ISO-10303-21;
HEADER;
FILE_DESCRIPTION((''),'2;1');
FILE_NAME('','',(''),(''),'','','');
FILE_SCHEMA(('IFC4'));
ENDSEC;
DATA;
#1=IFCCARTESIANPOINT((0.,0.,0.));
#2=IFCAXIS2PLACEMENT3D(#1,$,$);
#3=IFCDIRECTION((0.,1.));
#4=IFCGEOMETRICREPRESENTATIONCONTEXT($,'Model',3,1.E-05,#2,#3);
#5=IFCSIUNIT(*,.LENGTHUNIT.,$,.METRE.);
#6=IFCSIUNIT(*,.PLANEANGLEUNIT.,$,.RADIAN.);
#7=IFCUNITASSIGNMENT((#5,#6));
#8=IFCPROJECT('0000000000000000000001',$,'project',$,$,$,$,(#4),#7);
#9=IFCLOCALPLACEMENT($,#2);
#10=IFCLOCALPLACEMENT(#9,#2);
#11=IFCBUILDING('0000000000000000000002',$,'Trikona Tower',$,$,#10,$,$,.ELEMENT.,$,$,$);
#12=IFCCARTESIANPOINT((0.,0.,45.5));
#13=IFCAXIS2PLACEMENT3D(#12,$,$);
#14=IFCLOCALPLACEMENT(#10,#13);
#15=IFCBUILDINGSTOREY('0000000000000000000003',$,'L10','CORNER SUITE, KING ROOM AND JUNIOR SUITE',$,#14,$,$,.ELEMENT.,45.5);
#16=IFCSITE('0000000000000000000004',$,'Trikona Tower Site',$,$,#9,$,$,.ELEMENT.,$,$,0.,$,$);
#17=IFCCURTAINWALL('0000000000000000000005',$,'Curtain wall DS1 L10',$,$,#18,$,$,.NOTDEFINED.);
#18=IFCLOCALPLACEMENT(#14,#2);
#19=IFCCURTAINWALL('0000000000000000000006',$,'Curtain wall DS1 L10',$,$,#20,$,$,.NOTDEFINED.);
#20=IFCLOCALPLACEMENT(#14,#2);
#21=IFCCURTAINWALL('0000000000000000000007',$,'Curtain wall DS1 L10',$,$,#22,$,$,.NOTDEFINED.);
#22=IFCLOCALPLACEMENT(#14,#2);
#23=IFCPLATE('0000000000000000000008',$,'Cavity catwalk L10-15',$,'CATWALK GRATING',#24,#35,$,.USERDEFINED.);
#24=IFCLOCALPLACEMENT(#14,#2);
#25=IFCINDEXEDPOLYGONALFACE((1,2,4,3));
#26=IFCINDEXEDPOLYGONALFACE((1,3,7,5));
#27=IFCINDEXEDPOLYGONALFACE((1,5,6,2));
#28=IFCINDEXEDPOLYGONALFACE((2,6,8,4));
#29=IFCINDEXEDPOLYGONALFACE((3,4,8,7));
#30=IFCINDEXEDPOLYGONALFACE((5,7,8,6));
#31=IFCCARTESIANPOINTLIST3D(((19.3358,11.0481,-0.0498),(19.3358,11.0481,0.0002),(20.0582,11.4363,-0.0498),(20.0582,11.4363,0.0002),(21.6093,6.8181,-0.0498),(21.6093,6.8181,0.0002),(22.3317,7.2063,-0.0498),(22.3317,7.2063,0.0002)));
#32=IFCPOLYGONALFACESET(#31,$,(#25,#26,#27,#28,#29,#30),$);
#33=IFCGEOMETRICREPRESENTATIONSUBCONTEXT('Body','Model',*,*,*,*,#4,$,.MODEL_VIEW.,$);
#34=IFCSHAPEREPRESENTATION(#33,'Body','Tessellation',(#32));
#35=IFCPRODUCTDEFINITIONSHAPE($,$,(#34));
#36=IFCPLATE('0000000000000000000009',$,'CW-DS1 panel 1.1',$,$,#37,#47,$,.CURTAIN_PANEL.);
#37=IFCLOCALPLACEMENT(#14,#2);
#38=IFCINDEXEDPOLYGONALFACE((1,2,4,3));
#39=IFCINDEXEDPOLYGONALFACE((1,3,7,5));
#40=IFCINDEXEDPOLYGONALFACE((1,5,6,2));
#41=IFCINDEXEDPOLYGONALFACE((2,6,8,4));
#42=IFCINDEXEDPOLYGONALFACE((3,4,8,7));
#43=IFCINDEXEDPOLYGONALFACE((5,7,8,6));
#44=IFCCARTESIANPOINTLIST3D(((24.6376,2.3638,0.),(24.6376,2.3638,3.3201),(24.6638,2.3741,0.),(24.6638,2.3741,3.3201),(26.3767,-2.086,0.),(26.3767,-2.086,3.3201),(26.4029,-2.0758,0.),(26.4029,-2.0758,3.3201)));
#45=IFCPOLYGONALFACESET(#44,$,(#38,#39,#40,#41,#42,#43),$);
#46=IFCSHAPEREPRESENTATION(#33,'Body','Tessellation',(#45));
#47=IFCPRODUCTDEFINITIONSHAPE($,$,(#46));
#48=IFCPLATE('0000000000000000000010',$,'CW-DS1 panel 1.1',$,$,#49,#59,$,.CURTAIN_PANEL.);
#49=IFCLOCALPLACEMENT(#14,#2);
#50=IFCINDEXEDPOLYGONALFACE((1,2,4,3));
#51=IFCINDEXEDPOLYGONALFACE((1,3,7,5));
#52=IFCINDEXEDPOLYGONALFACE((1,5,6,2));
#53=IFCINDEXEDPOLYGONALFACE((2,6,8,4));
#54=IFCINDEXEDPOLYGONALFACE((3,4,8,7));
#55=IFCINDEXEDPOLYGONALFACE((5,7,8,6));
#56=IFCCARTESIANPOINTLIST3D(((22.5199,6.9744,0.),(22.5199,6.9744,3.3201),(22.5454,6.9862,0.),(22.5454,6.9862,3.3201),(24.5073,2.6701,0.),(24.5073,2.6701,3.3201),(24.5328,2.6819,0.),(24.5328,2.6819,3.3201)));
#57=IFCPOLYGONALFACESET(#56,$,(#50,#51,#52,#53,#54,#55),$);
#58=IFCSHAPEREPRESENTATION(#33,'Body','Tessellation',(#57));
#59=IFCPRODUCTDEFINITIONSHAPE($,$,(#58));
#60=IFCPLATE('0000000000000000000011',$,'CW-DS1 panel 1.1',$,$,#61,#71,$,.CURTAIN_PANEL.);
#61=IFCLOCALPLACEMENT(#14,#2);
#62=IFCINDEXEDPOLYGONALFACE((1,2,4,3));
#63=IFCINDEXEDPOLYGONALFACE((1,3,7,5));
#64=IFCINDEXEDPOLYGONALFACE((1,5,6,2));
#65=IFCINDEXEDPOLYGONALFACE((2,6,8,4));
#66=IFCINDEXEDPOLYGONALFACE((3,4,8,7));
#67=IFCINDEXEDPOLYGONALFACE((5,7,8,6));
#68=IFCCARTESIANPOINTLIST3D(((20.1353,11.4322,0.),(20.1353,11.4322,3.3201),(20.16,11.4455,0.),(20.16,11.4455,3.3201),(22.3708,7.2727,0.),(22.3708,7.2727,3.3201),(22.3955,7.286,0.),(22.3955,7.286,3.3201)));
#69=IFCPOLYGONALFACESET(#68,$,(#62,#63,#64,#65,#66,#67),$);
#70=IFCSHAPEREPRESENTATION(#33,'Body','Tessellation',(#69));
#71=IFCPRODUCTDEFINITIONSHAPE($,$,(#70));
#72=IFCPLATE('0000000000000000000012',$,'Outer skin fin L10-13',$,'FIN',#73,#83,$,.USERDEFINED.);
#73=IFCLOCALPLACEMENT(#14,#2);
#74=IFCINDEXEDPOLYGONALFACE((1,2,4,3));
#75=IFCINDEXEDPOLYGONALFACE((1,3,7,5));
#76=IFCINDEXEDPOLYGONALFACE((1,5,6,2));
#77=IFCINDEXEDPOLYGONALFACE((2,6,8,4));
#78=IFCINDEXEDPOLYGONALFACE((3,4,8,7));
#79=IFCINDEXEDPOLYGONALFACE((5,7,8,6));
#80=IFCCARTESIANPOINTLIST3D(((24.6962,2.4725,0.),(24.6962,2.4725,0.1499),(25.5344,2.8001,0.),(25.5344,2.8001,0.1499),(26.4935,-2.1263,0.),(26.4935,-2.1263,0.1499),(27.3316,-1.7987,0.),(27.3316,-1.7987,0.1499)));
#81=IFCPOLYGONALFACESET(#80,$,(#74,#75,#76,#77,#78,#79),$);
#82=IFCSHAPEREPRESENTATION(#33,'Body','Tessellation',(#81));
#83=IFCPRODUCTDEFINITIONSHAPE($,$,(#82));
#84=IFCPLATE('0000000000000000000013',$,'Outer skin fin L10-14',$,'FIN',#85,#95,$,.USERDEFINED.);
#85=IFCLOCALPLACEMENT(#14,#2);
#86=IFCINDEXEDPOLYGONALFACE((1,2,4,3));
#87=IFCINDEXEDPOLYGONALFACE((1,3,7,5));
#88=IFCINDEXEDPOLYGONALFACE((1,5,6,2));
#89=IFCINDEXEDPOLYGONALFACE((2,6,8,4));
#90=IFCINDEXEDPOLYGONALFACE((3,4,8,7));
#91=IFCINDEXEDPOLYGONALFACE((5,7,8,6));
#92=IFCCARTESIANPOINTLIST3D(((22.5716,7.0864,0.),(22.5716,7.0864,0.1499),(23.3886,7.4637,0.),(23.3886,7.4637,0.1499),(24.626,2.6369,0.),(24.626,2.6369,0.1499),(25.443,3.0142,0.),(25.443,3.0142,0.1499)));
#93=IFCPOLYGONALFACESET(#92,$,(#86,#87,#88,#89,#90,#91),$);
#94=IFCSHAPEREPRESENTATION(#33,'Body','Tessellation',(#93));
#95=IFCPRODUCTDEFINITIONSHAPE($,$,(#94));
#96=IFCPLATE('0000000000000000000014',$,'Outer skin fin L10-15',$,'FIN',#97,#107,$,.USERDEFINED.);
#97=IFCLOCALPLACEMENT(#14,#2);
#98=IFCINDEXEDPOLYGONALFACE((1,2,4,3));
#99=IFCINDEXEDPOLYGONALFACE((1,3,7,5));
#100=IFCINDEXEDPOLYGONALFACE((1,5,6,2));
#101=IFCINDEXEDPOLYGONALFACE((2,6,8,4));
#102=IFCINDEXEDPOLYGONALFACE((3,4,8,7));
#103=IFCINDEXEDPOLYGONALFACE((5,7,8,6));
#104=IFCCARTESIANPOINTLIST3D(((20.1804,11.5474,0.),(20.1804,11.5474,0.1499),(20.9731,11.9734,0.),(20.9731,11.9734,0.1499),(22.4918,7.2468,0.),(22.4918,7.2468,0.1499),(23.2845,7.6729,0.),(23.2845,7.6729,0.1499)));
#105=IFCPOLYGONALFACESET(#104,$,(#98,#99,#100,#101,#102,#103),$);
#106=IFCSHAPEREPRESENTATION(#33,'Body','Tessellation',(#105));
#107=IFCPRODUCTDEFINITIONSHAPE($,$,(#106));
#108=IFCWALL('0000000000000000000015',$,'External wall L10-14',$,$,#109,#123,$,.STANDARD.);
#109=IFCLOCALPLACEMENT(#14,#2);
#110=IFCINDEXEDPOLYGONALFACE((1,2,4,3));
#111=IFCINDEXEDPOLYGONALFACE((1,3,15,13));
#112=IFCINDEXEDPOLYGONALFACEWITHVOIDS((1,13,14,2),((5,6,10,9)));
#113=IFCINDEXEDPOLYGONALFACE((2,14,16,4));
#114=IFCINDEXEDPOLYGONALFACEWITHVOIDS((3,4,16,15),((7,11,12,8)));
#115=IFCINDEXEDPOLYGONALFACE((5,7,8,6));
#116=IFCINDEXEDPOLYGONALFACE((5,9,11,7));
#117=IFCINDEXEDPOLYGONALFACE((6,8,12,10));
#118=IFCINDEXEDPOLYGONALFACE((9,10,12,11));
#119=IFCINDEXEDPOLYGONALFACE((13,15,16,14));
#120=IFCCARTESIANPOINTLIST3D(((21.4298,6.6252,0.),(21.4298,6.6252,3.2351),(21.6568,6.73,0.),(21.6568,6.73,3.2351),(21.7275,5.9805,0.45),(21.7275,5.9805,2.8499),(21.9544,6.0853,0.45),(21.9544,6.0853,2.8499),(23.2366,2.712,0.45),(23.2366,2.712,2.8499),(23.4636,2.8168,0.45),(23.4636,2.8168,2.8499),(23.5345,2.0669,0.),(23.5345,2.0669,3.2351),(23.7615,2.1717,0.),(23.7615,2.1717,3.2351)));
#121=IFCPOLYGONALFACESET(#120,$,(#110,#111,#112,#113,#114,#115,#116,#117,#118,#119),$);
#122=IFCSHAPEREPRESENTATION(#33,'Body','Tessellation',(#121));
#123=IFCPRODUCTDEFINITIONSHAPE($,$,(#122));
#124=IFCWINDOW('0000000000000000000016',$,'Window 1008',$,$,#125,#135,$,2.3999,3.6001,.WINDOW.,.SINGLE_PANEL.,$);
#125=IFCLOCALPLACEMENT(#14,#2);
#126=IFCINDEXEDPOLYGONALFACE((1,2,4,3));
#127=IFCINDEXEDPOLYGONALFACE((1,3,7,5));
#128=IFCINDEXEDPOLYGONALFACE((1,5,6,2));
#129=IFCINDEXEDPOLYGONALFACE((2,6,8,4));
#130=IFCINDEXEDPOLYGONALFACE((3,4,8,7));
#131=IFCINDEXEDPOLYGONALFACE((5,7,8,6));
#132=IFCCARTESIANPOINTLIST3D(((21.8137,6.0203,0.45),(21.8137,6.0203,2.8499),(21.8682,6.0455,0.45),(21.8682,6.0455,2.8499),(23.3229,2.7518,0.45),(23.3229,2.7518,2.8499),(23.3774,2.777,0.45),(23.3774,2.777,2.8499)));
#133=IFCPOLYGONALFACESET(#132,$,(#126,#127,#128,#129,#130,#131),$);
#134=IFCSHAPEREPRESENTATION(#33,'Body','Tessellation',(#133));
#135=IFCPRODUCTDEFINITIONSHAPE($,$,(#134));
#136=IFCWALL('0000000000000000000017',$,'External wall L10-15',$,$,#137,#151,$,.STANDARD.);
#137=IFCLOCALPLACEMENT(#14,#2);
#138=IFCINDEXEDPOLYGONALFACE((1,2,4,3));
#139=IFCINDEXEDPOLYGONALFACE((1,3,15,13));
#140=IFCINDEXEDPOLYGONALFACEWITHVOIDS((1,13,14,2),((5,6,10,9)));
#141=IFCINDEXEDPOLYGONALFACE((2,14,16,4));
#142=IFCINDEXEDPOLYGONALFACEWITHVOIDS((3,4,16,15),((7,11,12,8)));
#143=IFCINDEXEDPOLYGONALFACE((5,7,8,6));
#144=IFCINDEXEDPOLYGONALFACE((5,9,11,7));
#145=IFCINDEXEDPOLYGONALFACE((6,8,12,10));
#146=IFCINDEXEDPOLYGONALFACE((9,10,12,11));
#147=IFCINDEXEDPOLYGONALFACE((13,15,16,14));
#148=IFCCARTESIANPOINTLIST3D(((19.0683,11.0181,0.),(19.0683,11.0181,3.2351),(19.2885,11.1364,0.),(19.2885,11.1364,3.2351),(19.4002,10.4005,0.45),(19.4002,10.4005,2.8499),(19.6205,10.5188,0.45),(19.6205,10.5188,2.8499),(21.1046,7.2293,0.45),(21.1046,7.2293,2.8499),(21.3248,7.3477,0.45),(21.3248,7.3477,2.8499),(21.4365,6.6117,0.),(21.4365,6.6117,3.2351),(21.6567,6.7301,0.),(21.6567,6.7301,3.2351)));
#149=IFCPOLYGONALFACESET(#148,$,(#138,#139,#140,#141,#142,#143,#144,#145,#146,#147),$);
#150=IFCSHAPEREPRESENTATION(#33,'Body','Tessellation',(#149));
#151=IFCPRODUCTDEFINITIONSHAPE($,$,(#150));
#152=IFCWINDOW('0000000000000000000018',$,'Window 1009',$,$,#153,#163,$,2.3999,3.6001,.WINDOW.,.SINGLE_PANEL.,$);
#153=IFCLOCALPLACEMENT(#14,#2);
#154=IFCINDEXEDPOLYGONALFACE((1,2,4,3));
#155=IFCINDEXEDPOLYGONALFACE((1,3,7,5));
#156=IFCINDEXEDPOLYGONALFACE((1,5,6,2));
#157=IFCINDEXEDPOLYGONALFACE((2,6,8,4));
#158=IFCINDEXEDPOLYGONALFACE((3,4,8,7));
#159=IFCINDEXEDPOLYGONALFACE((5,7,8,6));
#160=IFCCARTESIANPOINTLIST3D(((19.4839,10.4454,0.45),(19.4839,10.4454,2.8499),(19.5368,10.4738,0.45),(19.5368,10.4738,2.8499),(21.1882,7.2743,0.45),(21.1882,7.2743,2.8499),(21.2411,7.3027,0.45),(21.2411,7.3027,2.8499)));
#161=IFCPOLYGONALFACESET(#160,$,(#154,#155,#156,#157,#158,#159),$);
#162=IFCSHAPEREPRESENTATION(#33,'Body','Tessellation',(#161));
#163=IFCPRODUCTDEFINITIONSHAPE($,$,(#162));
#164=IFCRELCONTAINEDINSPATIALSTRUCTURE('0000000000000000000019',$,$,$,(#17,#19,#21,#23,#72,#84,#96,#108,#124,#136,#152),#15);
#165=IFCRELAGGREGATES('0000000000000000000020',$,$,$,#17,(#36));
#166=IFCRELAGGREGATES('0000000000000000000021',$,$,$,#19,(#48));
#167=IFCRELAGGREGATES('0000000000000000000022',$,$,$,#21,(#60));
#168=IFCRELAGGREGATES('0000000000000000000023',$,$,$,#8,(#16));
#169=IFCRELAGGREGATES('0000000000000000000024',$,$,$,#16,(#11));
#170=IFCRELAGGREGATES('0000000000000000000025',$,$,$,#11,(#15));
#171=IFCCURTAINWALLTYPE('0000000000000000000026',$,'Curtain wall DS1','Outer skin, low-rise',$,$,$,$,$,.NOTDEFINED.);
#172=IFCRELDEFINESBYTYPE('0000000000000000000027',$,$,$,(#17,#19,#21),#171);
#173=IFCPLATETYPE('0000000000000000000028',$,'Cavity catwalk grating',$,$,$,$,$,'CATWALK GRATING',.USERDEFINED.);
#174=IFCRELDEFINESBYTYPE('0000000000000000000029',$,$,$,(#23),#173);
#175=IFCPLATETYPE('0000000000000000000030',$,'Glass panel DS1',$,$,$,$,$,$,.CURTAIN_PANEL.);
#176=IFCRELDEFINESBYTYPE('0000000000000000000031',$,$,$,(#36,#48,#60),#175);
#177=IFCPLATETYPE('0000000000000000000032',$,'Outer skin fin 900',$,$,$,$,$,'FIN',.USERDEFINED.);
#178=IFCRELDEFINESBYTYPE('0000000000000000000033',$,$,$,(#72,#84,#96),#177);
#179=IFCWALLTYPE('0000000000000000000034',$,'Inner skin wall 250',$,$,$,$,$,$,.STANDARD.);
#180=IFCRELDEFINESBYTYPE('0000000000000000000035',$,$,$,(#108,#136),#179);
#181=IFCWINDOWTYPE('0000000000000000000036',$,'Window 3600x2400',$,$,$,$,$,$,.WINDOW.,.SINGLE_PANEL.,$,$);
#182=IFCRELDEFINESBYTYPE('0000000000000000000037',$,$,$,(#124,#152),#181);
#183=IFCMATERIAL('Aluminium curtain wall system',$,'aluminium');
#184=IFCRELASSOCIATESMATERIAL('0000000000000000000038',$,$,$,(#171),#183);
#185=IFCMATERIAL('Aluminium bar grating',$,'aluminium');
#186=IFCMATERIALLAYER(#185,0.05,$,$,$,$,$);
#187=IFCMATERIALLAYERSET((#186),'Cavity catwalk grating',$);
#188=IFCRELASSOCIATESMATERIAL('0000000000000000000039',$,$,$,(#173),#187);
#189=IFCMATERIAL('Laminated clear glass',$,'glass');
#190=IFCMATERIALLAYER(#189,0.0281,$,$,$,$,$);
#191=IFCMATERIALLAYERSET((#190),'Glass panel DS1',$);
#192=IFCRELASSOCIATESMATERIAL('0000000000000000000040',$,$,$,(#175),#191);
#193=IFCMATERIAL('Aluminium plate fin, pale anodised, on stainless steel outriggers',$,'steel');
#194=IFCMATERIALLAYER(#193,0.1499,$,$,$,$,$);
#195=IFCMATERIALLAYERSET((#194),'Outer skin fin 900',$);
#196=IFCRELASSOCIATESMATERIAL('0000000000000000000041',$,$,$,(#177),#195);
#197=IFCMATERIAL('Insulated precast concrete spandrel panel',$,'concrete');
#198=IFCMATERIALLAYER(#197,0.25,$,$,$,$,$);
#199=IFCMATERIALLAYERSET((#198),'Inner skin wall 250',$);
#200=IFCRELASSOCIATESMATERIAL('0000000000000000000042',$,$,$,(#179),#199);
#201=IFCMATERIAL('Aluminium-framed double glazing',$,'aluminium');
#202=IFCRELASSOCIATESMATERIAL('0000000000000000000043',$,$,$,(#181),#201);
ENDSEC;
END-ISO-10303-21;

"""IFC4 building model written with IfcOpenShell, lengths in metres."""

from ifc_helpers import new_model, si_unit, direction, frame, frame_2d, origin, origin_2d, place, context, subcontext, project, spatial, rectangle, extrude, material, layer, layer_set, type_object, element, fill, aggregate, save


model = new_model("IFC4")

# Units and contexts
model_context = context("Model", 3, precision=1e-05, world=origin(), true_north=direction((0.0, 1.0)))
body_context = subcontext(model_context, "Body", "Model", "MODEL_VIEW")
ifc_project = project(units=[si_unit("LENGTHUNIT", "METRE"), si_unit("PLANEANGLEUNIT", "RADIAN")], contexts=[model_context])

# Site, building, storey
site_placement = place(None, origin())
site = spatial("IfcSite", under=ifc_project, at=site_placement, Name="Trikona Tower Site", CompositionType="ELEMENT", RefElevation=0.0)
building_placement = place(site_placement, origin())
building = spatial("IfcBuilding", under=site, at=building_placement, Name="Trikona Tower", CompositionType="ELEMENT")
storey_placement = place(building_placement, frame((0.0, 0.0, 45.5)))
storey = spatial("IfcBuildingStorey", under=building, at=storey_placement, Name="L10", Description="CORNER SUITE, KING ROOM AND JUNIOR SUITE", CompositionType="ELEMENT", Elevation=45.5)

# Curtain wall
ifc_material_1 = material(Name="Aluminium curtain wall system", Category="aluminium")
curtain_wall_type = type_object("IfcCurtainWallType", Name="Curtain wall DS1", Description="Outer skin, low-rise", PredefinedType="NOTDEFINED", material=ifc_material_1)
curtain_wall_1_placement = place(storey_placement, origin())
curtain_wall_1 = element("IfcCurtainWall", 1, at=curtain_wall_1_placement, inside=storey, type_object=curtain_wall_type, Name="Curtain wall DS1 L10", PredefinedType="NOTDEFINED")

# Curtain walls
curtain_wall_2_placement = place(storey_placement, origin())
curtain_wall_2 = element("IfcCurtainWall", 2, at=curtain_wall_2_placement, inside=storey, type_object=curtain_wall_type, Name="Curtain wall DS1 L10", PredefinedType="NOTDEFINED")
curtain_wall_3_placement = place(storey_placement, origin())
curtain_wall_3 = element("IfcCurtainWall", 3, at=curtain_wall_3_placement, inside=storey, type_object=curtain_wall_type, Name="Curtain wall DS1 L10", PredefinedType="NOTDEFINED")

# Plate
ifc_material_2 = material(Name="Aluminium bar grating", Category="aluminium")
ifc_layer_1 = layer(ifc_material_2, 0.05)
ifc_layer_set_1 = layer_set([ifc_layer_1], Name="Cavity catwalk grating")
plate_type_1 = type_object("IfcPlateType", Name="Cavity catwalk grating", ElementType="CATWALK GRATING", PredefinedType="USERDEFINED", material=ifc_layer_set_1)
plate_1_placement = place(storey_placement, frame((20.8337, 9.1272, -0.0498), z_axis=(0.0, 0.0, 1.0), x_axis=(-0.473423, 0.880835, 0.0)))
element("IfcPlate", 4, at=plate_1_placement, inside=storey, type_object=plate_type_1, Name="Cavity catwalk L10-15", ObjectType="CATWALK GRATING", PredefinedType="USERDEFINED", context=body_context, shape_type="SweptSolid", body=[
    extrude(rectangle(XDim=4.8022, YDim=0.8201, at=origin_2d()), origin(), (0.0, 0.0, 1.0), 0.05),
])

# Plates
ifc_material_3 = material(Name="Laminated clear glass", Category="glass")
ifc_layer_2 = layer(ifc_material_3, 0.0281)
ifc_layer_set_2 = layer_set([ifc_layer_2], Name="Glass panel DS1")
plate_type_2 = type_object("IfcPlateType", Name="Glass panel DS1", PredefinedType="CURTAIN_PANEL", material=ifc_layer_set_2)
plate_2_placement = place(storey_placement, frame((25.5203, 0.144, 0.0), z_axis=(0.0, 0.0, 1.0), x_axis=(-0.364008, 0.931396, 0.0)))
plate_2 = element("IfcPlate", 5, at=plate_2_placement, type_object=plate_type_2, Name="CW-DS1 panel 1.1", PredefinedType="CURTAIN_PANEL", context=body_context, shape_type="SweptSolid", body=[
    extrude(rectangle(XDim=4.7776, YDim=0.0281, at=origin_2d()), origin(), (0.0, 0.0, 1.0), 3.3201),
])
aggregate(curtain_wall_1, [plate_2])
plate_3_placement = place(storey_placement, frame((23.5264, 4.8281, 0.0), z_axis=(0.0, 0.0, 1.0), x_axis=(-0.41919, 0.907898, 0.0)))
plate_3 = element("IfcPlate", 6, at=plate_3_placement, type_object=plate_type_2, Name="CW-DS1 panel 1.1", PredefinedType="CURTAIN_PANEL", context=body_context, shape_type="SweptSolid", body=[
    extrude(rectangle(XDim=4.741, YDim=0.0281, at=origin_2d()), origin(), (0.0, 0.0, 1.0), 3.3201),
])
aggregate(curtain_wall_2, [plate_3])
plate_4_placement = place(storey_placement, frame((21.2654, 9.3591, 0.0), z_axis=(0.0, 0.0, 1.0), x_axis=(-0.473408, 0.880843, 0.0)))
plate_4 = element("IfcPlate", 7, at=plate_4_placement, type_object=plate_type_2, Name="CW-DS1 panel 1.1", PredefinedType="CURTAIN_PANEL", context=body_context, shape_type="SweptSolid", body=[
    extrude(rectangle(XDim=4.7222, YDim=0.0281, at=origin_2d()), origin(), (0.0, 0.0, 1.0), 3.3201),
])
aggregate(curtain_wall_3, [plate_4])

# Plates
ifc_material_4 = material(Name="Aluminium plate fin, pale anodised, on stainless steel outriggers", Category="steel")
ifc_layer_3 = layer(ifc_material_4, 0.1499)
ifc_layer_set_3 = layer_set([ifc_layer_3], Name="Outer skin fin 900")
plate_type_3 = type_object("IfcPlateType", Name="Outer skin fin 900", ElementType="FIN", PredefinedType="USERDEFINED", material=ifc_layer_set_3)
plate_5_placement = place(storey_placement, frame((26.0139, 0.3369, 0.0), z_axis=(0.0, 0.0, 1.0), x_axis=(-0.364009, 0.931395, 0.0)))
element("IfcPlate", 8, at=plate_5_placement, inside=storey, type_object=plate_type_3, Name="Outer skin fin L10-13", ObjectType="FIN", PredefinedType="USERDEFINED", context=body_context, shape_type="SweptSolid", body=[
    extrude(rectangle(XDim=4.9375, YDim=0.8999, at=origin_2d()), origin(), (0.0, 0.0, 1.0), 0.1499),
])
plate_6_placement = place(storey_placement, frame((24.0073, 5.0503, 0.0), z_axis=(0.0, 0.0, 1.0), x_axis=(-0.419194, 0.907897, 0.0)))
element("IfcPlate", 9, at=plate_6_placement, inside=storey, type_object=plate_type_3, Name="Outer skin fin L10-14", ObjectType="FIN", PredefinedType="USERDEFINED", context=body_context, shape_type="SweptSolid", body=[
    extrude(rectangle(XDim=4.9009, YDim=0.8999, at=origin_2d()), origin(), (0.0, 0.0, 1.0), 0.1499),
])
plate_7_placement = place(storey_placement, frame((21.7324, 9.6101, 0.0), z_axis=(0.0, 0.0, 1.0), x_axis=(-0.473423, 0.880835, 0.0)))
element("IfcPlate", 10, at=plate_7_placement, inside=storey, type_object=plate_type_3, Name="Outer skin fin L10-15", ObjectType="FIN", PredefinedType="USERDEFINED", context=body_context, shape_type="SweptSolid", body=[
    extrude(rectangle(XDim=4.8823, YDim=0.8999, at=origin_2d()), origin(), (0.0, 0.0, 1.0), 0.1499),
])

# Walls, openings, windows
ifc_material_5 = material(Name="Insulated precast concrete spandrel panel", Category="concrete")
ifc_layer_4 = layer(ifc_material_5, 0.25)
ifc_layer_set_4 = layer_set([ifc_layer_4], Name="Inner skin wall 250")
wall_type = type_object("IfcWallType", Name="Inner skin wall 250", PredefinedType="STANDARD", material=ifc_layer_set_4)
wall_1_placement = place(storey_placement, frame((23.6479, 2.1194, 0.0), z_axis=(0.0, 0.0, 1.0), x_axis=(-0.419203, 0.907892, 0.0)))
wall_1 = element("IfcWall", 11, at=wall_1_placement, inside=storey, type_object=wall_type, Name="External wall L10-14", PredefinedType="STANDARD", context=body_context, shape_type="SweptSolid", body=[
    extrude(rectangle(XDim=5.0208, YDim=0.25, at=frame_2d((2.5103, 0.0))), origin(), (0.0, 0.0, 1.0), 3.2351),
])
opening_1_placement = place(wall_1_placement, frame((0.7104, 0.0, 0.45)))
opening_1 = element("IfcOpeningElement", 12, at=opening_1_placement, cuts=wall_1, PredefinedType="OPENING", context=body_context, shape_type="SweptSolid", body=[
    extrude(rectangle(XDim=3.6001, YDim=2.3999, at=frame_2d((1.8, 1.2))), frame((0.0, 0.135, 0.0), z_axis=(0.0, -1.0, 0.0), x_axis=(1.0, 0.0, 0.0)), (0.0, 0.0, 1.0), 0.27),
])
ifc_material_6 = material(Name="Aluminium-framed double glazing", Category="aluminium")
window_type = type_object("IfcWindowType", Name="Window 3600x2400", PartitioningType="SINGLE_PANEL", PredefinedType="WINDOW", material=ifc_material_6)
window_1_placement = place(opening_1_placement, origin())
window_1 = element("IfcWindow", 13, at=window_1_placement, inside=storey, type_object=window_type, Name="Window 1008", OverallHeight=2.3999, OverallWidth=3.6001, PartitioningType="SINGLE_PANEL", PredefinedType="WINDOW", context=body_context, shape_type="SweptSolid", body=[
    extrude(rectangle(XDim=3.6001, YDim=2.3999, at=frame_2d((1.8, 1.2))), frame((0.0, 0.03, 0.0), z_axis=(0.0, -1.0, 0.0), x_axis=(1.0, 0.0, 0.0)), (0.0, 0.0, 1.0), 0.0601),
])
fill(opening_1, window_1)
wall_2_placement = place(storey_placement, frame((21.5466, 6.6709, 0.0), z_axis=(0.0, 0.0, 1.0), x_axis=(-0.473413, 0.880841, 0.0)))
wall_2 = element("IfcWall", 14, at=wall_2_placement, inside=storey, type_object=wall_type, Name="External wall L10-15", PredefinedType="STANDARD", context=body_context, shape_type="SweptSolid", body=[
    extrude(rectangle(XDim=5.0024, YDim=0.25, at=frame_2d((2.5012, 0.0))), origin(), (0.0, 0.0, 1.0), 3.2351),
])
opening_2_placement = place(wall_2_placement, frame((0.7012, 0.0, 0.45)))
opening_2 = element("IfcOpeningElement", 15, at=opening_2_placement, cuts=wall_2, PredefinedType="OPENING", context=body_context, shape_type="SweptSolid", body=[
    extrude(rectangle(XDim=3.6001, YDim=2.3999, at=frame_2d((1.8, 1.2))), frame((0.0, 0.135, 0.0), z_axis=(0.0, -1.0, 0.0), x_axis=(1.0, 0.0, 0.0)), (0.0, 0.0, 1.0), 0.27),
])
window_2_placement = place(opening_2_placement, origin())
window_2 = element("IfcWindow", 16, at=window_2_placement, inside=storey, type_object=window_type, Name="Window 1009", OverallHeight=2.3999, OverallWidth=3.6001, PartitioningType="SINGLE_PANEL", PredefinedType="WINDOW", context=body_context, shape_type="SweptSolid", body=[
    extrude(rectangle(XDim=3.6001, YDim=2.3999, at=frame_2d((1.8, 1.2))), frame((0.0, 0.03, 0.0), z_axis=(0.0, -1.0, 0.0), x_axis=(1.0, 0.0, 0.0)), (0.0, 0.0, 1.0), 0.0601),
])
fill(opening_2, window_2)

save(model, "model.ifc")
